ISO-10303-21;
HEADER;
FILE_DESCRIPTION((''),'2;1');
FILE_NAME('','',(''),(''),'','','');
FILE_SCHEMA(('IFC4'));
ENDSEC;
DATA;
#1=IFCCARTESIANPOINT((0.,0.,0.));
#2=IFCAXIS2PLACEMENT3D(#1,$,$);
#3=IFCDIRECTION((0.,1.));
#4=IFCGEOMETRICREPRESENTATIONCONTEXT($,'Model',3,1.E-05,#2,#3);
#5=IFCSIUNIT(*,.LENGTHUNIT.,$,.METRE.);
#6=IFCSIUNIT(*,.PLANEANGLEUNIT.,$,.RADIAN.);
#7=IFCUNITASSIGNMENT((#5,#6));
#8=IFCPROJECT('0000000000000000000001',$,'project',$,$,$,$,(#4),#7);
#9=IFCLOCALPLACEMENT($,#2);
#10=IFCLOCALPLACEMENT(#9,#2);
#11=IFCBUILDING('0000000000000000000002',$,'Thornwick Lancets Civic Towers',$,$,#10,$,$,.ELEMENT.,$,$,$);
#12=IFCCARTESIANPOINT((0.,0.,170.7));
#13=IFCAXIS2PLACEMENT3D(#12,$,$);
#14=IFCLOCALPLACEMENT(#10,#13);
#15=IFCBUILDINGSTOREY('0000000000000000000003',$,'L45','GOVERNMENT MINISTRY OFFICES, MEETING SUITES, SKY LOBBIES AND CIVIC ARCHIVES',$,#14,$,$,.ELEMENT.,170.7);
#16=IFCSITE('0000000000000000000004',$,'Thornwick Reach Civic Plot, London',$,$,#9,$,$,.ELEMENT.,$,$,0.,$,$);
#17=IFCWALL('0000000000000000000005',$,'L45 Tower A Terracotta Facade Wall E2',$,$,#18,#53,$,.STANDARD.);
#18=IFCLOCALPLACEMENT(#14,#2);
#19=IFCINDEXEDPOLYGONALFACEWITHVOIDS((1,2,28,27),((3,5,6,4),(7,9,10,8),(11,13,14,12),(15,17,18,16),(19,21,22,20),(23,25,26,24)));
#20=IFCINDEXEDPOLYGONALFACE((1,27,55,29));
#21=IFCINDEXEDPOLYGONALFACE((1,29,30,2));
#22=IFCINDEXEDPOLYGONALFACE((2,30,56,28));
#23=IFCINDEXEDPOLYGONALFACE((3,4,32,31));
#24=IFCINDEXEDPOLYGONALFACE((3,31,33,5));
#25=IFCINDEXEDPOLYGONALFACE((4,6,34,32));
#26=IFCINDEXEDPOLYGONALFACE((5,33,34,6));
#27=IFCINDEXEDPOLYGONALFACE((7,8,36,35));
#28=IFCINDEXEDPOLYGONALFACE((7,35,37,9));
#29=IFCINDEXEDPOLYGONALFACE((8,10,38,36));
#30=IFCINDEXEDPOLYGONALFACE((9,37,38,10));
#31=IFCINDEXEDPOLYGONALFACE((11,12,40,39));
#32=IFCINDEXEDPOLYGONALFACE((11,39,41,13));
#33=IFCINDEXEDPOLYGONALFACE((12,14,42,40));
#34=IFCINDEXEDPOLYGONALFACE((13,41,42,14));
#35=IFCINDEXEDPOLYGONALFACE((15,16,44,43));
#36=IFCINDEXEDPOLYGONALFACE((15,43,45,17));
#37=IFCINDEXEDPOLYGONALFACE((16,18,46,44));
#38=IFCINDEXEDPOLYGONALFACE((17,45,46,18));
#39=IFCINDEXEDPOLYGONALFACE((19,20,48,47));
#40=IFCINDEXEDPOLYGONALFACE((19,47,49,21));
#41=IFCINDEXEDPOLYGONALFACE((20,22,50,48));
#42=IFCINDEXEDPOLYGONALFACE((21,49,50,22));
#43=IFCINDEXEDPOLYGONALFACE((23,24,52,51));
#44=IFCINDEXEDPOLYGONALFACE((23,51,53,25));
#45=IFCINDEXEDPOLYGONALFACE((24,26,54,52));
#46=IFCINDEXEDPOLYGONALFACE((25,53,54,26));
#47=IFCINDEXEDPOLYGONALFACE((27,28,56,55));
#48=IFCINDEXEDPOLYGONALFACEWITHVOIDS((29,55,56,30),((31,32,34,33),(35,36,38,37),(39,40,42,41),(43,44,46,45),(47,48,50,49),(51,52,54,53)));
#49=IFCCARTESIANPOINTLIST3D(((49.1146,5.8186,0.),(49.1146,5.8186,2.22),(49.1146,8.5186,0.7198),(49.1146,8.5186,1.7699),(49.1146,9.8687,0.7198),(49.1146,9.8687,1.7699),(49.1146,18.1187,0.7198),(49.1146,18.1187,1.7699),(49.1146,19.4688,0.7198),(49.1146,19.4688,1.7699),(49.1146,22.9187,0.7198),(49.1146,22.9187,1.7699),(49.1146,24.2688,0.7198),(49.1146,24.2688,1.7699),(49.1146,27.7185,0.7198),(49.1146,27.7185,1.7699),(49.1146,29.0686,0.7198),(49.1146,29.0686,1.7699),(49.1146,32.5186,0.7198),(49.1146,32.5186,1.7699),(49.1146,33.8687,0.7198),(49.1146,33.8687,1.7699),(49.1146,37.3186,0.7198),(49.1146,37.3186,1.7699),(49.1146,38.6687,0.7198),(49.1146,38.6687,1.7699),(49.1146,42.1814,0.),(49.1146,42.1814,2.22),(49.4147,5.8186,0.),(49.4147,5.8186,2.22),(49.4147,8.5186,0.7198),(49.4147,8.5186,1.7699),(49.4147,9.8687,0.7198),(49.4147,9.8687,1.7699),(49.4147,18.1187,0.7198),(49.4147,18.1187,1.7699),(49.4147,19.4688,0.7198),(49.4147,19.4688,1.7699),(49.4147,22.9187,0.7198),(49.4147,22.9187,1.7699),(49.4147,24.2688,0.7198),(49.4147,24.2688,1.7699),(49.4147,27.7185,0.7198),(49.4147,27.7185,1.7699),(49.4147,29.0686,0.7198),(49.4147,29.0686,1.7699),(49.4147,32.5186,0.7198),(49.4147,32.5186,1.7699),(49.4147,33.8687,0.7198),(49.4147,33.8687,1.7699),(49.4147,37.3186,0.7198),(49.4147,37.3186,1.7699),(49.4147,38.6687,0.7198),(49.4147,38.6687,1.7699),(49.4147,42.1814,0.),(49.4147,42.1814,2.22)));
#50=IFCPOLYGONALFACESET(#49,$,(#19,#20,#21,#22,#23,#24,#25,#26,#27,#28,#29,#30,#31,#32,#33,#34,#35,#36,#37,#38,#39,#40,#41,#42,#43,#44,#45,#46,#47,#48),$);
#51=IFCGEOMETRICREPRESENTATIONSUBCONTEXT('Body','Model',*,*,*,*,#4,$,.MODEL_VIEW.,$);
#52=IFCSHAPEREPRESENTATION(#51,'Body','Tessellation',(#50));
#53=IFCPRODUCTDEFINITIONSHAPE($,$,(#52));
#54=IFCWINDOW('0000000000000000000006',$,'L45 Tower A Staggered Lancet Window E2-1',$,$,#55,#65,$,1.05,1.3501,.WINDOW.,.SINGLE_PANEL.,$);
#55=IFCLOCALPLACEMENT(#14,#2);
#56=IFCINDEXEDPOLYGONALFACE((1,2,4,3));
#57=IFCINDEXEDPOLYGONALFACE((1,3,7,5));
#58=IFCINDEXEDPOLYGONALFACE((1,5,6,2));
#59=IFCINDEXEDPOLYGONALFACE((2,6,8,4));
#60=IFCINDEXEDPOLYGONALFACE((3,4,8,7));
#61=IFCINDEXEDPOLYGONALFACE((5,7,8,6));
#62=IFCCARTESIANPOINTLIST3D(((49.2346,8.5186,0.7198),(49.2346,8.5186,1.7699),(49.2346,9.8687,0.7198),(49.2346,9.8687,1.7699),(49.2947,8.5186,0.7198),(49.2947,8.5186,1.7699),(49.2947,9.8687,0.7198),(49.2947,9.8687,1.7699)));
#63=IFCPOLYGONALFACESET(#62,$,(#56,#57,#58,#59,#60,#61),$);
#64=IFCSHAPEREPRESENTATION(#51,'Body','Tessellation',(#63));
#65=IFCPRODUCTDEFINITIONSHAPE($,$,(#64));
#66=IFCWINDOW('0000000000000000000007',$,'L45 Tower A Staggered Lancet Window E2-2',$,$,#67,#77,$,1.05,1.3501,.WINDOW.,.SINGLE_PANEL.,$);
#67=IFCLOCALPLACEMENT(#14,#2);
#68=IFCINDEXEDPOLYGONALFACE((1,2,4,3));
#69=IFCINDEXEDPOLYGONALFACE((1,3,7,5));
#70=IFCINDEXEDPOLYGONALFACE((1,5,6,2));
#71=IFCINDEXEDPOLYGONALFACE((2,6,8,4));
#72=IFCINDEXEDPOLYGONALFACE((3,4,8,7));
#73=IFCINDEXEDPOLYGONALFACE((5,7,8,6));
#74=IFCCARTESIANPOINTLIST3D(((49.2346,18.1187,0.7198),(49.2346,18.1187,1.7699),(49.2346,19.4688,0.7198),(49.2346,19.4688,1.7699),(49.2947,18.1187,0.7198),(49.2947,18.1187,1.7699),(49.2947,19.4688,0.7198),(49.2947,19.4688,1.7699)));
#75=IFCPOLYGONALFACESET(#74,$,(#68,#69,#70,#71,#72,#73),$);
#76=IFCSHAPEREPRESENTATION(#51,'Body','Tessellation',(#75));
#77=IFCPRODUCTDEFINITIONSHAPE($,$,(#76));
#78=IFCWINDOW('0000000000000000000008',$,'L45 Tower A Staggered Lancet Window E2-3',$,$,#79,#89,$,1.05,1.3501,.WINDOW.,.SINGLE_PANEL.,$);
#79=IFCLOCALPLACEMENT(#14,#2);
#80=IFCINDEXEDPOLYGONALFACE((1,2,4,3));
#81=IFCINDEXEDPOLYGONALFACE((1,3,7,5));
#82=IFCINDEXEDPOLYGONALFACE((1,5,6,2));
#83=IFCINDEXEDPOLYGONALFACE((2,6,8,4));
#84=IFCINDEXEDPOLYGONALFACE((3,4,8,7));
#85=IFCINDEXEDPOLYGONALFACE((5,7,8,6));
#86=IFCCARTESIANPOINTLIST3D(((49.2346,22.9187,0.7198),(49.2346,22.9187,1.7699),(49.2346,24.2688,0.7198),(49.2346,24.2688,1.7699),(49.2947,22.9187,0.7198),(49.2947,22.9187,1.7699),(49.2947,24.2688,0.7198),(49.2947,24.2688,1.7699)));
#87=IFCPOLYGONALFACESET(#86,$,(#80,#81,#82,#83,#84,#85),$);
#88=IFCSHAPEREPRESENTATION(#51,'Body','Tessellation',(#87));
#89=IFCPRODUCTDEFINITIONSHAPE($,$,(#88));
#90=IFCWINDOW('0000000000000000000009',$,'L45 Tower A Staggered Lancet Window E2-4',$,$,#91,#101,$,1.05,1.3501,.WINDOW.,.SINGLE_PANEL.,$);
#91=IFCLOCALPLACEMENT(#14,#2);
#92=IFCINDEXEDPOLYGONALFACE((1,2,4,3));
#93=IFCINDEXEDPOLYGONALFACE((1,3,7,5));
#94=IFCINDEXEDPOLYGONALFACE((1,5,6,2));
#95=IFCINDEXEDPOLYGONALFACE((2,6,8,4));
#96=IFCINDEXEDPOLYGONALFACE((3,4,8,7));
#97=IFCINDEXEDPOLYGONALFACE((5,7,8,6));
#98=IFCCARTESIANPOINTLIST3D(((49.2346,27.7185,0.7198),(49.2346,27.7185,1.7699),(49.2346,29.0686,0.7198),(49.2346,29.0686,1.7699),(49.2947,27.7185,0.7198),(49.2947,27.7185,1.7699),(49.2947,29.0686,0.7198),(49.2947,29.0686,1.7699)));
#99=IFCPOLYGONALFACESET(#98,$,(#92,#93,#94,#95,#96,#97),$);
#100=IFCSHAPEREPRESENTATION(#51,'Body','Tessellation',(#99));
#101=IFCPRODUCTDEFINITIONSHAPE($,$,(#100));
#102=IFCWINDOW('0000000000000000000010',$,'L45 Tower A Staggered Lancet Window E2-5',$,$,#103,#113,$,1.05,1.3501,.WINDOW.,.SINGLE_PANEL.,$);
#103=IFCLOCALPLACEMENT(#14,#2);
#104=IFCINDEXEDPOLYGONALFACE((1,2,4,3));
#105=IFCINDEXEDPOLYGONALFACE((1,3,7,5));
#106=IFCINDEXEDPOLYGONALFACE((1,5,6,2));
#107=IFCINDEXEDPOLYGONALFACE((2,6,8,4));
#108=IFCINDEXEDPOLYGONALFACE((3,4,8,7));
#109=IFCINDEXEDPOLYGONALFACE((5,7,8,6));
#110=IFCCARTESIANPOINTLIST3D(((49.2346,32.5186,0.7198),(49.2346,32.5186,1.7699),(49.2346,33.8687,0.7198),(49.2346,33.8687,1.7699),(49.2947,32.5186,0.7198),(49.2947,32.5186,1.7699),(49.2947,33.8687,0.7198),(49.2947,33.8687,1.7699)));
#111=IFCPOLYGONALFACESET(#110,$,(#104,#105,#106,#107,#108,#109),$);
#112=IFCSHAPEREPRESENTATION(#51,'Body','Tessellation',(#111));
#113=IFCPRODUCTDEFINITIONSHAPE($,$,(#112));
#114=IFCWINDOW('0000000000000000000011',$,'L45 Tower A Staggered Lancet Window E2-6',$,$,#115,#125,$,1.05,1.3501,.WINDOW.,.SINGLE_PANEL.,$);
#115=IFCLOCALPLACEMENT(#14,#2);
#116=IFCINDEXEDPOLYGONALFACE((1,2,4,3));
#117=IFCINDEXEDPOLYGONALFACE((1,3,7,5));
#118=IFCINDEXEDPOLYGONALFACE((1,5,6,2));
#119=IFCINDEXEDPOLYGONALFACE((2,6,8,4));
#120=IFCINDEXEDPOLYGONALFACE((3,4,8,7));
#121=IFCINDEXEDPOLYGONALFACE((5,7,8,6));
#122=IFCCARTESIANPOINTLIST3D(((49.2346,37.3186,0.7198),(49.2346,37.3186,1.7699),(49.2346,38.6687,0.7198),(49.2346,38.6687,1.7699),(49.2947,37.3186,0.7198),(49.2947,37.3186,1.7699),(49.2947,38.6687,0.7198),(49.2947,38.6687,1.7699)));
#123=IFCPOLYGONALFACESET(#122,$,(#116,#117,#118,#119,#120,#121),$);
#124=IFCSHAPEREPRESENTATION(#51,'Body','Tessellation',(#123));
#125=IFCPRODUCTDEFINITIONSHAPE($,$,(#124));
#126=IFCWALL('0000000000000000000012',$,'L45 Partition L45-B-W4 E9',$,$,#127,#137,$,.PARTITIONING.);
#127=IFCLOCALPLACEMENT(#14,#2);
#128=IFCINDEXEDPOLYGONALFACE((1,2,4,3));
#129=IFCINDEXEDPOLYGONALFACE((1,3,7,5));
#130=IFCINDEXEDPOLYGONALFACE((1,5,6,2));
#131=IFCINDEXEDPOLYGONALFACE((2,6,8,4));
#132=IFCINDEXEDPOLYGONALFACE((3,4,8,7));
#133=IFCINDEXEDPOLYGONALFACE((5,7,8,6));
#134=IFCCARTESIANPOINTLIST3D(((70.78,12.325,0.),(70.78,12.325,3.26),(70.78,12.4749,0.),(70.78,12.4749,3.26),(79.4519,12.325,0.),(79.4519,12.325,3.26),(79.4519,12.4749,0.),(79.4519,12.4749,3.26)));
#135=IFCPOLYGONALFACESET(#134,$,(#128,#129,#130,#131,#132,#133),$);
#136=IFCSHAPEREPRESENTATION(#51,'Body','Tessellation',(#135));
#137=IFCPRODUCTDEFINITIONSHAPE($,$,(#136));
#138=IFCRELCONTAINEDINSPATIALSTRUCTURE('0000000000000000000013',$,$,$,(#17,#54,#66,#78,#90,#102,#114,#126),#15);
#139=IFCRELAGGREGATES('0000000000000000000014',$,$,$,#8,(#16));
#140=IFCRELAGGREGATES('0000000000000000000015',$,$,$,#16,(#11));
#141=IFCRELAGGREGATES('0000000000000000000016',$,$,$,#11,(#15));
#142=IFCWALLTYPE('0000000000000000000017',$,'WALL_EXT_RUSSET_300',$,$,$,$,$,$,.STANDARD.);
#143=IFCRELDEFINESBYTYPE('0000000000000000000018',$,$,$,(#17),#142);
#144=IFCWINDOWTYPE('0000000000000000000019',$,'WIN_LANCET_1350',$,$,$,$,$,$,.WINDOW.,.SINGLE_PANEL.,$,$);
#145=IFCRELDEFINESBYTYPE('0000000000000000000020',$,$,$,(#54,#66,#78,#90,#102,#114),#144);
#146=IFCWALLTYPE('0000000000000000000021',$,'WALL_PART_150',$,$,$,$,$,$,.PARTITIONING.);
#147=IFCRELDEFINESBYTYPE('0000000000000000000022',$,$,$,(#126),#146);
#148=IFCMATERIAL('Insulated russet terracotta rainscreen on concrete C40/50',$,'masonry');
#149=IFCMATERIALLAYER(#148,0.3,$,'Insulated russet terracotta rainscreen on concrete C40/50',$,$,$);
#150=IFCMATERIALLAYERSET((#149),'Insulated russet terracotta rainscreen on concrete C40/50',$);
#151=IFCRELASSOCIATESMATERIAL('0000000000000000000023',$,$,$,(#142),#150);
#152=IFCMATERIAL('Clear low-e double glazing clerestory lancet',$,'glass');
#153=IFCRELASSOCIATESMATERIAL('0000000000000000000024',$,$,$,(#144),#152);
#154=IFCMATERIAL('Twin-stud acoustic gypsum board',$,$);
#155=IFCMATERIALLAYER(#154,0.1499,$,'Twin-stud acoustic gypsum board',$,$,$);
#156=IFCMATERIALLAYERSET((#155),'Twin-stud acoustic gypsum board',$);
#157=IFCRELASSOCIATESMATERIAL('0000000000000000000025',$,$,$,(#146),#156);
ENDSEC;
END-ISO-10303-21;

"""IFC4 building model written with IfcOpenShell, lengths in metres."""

from ifc_helpers import new_model, si_unit, direction, frame, frame_2d, origin, place, context, subcontext, project, spatial, rectangle, extrude, material, layer, layer_set, type_object, element, fill, save


model = new_model("IFC4")

# Units and contexts
model_context = context("Model", 3, precision=1e-05, world=origin(), true_north=direction((0.0, 1.0)))
body_context = subcontext(model_context, "Body", "Model", "MODEL_VIEW")
ifc_project = project(units=[si_unit("LENGTHUNIT", "METRE"), si_unit("PLANEANGLEUNIT", "RADIAN")], contexts=[model_context])

# Site, building, storey
site_placement = place(None, origin())
site = spatial("IfcSite", under=ifc_project, at=site_placement, Name="Thornwick Reach Civic Plot, London", CompositionType="ELEMENT", RefElevation=0.0)
building_placement = place(site_placement, origin())
building = spatial("IfcBuilding", under=site, at=building_placement, Name="Thornwick Lancets Civic Towers", CompositionType="ELEMENT")
storey_placement = place(building_placement, frame((0.0, 0.0, 170.7)))
storey = spatial("IfcBuildingStorey", under=building, at=storey_placement, Name="L45", Description="GOVERNMENT MINISTRY OFFICES, MEETING SUITES, SKY LOBBIES AND CIVIC ARCHIVES", CompositionType="ELEMENT", Elevation=170.7)

# Wall, openings, windows
ifc_material_1 = material(Name="Insulated russet terracotta rainscreen on concrete C40/50", Category="masonry")
ifc_layer_1 = layer(ifc_material_1, 0.3, Name="Insulated russet terracotta rainscreen on concrete C40/50")
ifc_layer_set_1 = layer_set([ifc_layer_1], Name="Insulated russet terracotta rainscreen on concrete C40/50")
wall_type_1 = type_object("IfcWallType", Name="WALL_EXT_RUSSET_300", PredefinedType="STANDARD", material=ifc_layer_set_1)
wall_1_placement = place(storey_placement, frame((49.2646, 5.8186, 0.0), z_axis=(0.0, 0.0, 1.0), x_axis=(0.0, 1.0, 0.0)))
wall_1 = element("IfcWall", 1, at=wall_1_placement, inside=storey, type_object=wall_type_1, Name="L45 Tower A Terracotta Facade Wall E2", PredefinedType="STANDARD", context=body_context, shape_type="SweptSolid", body=[
    extrude(rectangle(XDim=36.3628, YDim=0.3, at=frame_2d((18.1814, 0.0))), origin(), (0.0, 0.0, 1.0), 2.22),
])
opening_1_placement = place(wall_1_placement, frame((2.7, 0.0, 0.72)))
opening_1 = element("IfcOpeningElement", 2, at=opening_1_placement, cuts=wall_1, PredefinedType="OPENING", context=body_context, shape_type="SweptSolid", body=[
    extrude(rectangle(XDim=1.3501, YDim=1.05, at=frame_2d((0.675, 0.5249))), frame((0.0, 0.1602, 0.0), z_axis=(0.0, -1.0, 0.0), x_axis=(1.0, 0.0, 0.0)), (0.0, 0.0, 1.0), 0.3201),
])
opening_2_placement = place(wall_1_placement, frame((12.3, 0.0, 0.72)))
opening_2 = element("IfcOpeningElement", 3, at=opening_2_placement, cuts=wall_1, PredefinedType="OPENING", context=body_context, shape_type="SweptSolid", body=[
    extrude(rectangle(XDim=1.3501, YDim=1.05, at=frame_2d((0.675, 0.5249))), frame((0.0, 0.1602, 0.0), z_axis=(0.0, -1.0, 0.0), x_axis=(1.0, 0.0, 0.0)), (0.0, 0.0, 1.0), 0.3201),
])
opening_3_placement = place(wall_1_placement, frame((17.1001, 0.0, 0.72)))
opening_3 = element("IfcOpeningElement", 4, at=opening_3_placement, cuts=wall_1, PredefinedType="OPENING", context=body_context, shape_type="SweptSolid", body=[
    extrude(rectangle(XDim=1.3501, YDim=1.05, at=frame_2d((0.675, 0.5249))), frame((0.0, 0.1602, 0.0), z_axis=(0.0, -1.0, 0.0), x_axis=(1.0, 0.0, 0.0)), (0.0, 0.0, 1.0), 0.3201),
])
opening_4_placement = place(wall_1_placement, frame((21.8999, 0.0, 0.72)))
opening_4 = element("IfcOpeningElement", 5, at=opening_4_placement, cuts=wall_1, PredefinedType="OPENING", context=body_context, shape_type="SweptSolid", body=[
    extrude(rectangle(XDim=1.3501, YDim=1.05, at=frame_2d((0.675, 0.5249))), frame((0.0, 0.1602, 0.0), z_axis=(0.0, -1.0, 0.0), x_axis=(1.0, 0.0, 0.0)), (0.0, 0.0, 1.0), 0.3201),
])
opening_5_placement = place(wall_1_placement, frame((26.7, 0.0, 0.72)))
opening_5 = element("IfcOpeningElement", 6, at=opening_5_placement, cuts=wall_1, PredefinedType="OPENING", context=body_context, shape_type="SweptSolid", body=[
    extrude(rectangle(XDim=1.3501, YDim=1.05, at=frame_2d((0.675, 0.5249))), frame((0.0, 0.1602, 0.0), z_axis=(0.0, -1.0, 0.0), x_axis=(1.0, 0.0, 0.0)), (0.0, 0.0, 1.0), 0.3201),
])
opening_6_placement = place(wall_1_placement, frame((31.5, 0.0, 0.72)))
opening_6 = element("IfcOpeningElement", 7, at=opening_6_placement, cuts=wall_1, PredefinedType="OPENING", context=body_context, shape_type="SweptSolid", body=[
    extrude(rectangle(XDim=1.3501, YDim=1.05, at=frame_2d((0.675, 0.5249))), frame((0.0, 0.1602, 0.0), z_axis=(0.0, -1.0, 0.0), x_axis=(1.0, 0.0, 0.0)), (0.0, 0.0, 1.0), 0.3201),
])
ifc_material_2 = material(Name="Clear low-e double glazing clerestory lancet", Category="glass")
window_type = type_object("IfcWindowType", Name="WIN_LANCET_1350", PartitioningType="SINGLE_PANEL", PredefinedType="WINDOW", material=ifc_material_2)
window_1_placement = place(opening_1_placement, origin())
window_1 = element("IfcWindow", 8, at=window_1_placement, inside=storey, type_object=window_type, Name="L45 Tower A Staggered Lancet Window E2-1", OverallHeight=1.05, OverallWidth=1.3501, PartitioningType="SINGLE_PANEL", PredefinedType="WINDOW", context=body_context, shape_type="SweptSolid", body=[
    extrude(rectangle(XDim=1.3501, YDim=1.05, at=frame_2d((0.675, 0.5249))), frame((0.0, 0.03, 0.0), z_axis=(0.0, -1.0, 0.0), x_axis=(1.0, 0.0, 0.0)), (0.0, 0.0, 1.0), 0.0601),
])
fill(opening_1, window_1)
window_2_placement = place(opening_2_placement, origin())
window_2 = element("IfcWindow", 9, at=window_2_placement, inside=storey, type_object=window_type, Name="L45 Tower A Staggered Lancet Window E2-2", OverallHeight=1.05, OverallWidth=1.3501, PartitioningType="SINGLE_PANEL", PredefinedType="WINDOW", context=body_context, shape_type="SweptSolid", body=[
    extrude(rectangle(XDim=1.3501, YDim=1.05, at=frame_2d((0.675, 0.5249))), frame((0.0, 0.03, 0.0), z_axis=(0.0, -1.0, 0.0), x_axis=(1.0, 0.0, 0.0)), (0.0, 0.0, 1.0), 0.0601),
])
fill(opening_2, window_2)
window_3_placement = place(opening_3_placement, origin())
window_3 = element("IfcWindow", 10, at=window_3_placement, inside=storey, type_object=window_type, Name="L45 Tower A Staggered Lancet Window E2-3", OverallHeight=1.05, OverallWidth=1.3501, PartitioningType="SINGLE_PANEL", PredefinedType="WINDOW", context=body_context, shape_type="SweptSolid", body=[
    extrude(rectangle(XDim=1.3501, YDim=1.05, at=frame_2d((0.675, 0.5249))), frame((0.0, 0.03, 0.0), z_axis=(0.0, -1.0, 0.0), x_axis=(1.0, 0.0, 0.0)), (0.0, 0.0, 1.0), 0.0601),
])
fill(opening_3, window_3)
window_4_placement = place(opening_4_placement, origin())
window_4 = element("IfcWindow", 11, at=window_4_placement, inside=storey, type_object=window_type, Name="L45 Tower A Staggered Lancet Window E2-4", OverallHeight=1.05, OverallWidth=1.3501, PartitioningType="SINGLE_PANEL", PredefinedType="WINDOW", context=body_context, shape_type="SweptSolid", body=[
    extrude(rectangle(XDim=1.3501, YDim=1.05, at=frame_2d((0.675, 0.5249))), frame((0.0, 0.03, 0.0), z_axis=(0.0, -1.0, 0.0), x_axis=(1.0, 0.0, 0.0)), (0.0, 0.0, 1.0), 0.0601),
])
fill(opening_4, window_4)
window_5_placement = place(opening_5_placement, origin())
window_5 = element("IfcWindow", 12, at=window_5_placement, inside=storey, type_object=window_type, Name="L45 Tower A Staggered Lancet Window E2-5", OverallHeight=1.05, OverallWidth=1.3501, PartitioningType="SINGLE_PANEL", PredefinedType="WINDOW", context=body_context, shape_type="SweptSolid", body=[
    extrude(rectangle(XDim=1.3501, YDim=1.05, at=frame_2d((0.675, 0.5249))), frame((0.0, 0.03, 0.0), z_axis=(0.0, -1.0, 0.0), x_axis=(1.0, 0.0, 0.0)), (0.0, 0.0, 1.0), 0.0601),
])
fill(opening_5, window_5)
window_6_placement = place(opening_6_placement, origin())
window_6 = element("IfcWindow", 13, at=window_6_placement, inside=storey, type_object=window_type, Name="L45 Tower A Staggered Lancet Window E2-6", OverallHeight=1.05, OverallWidth=1.3501, PartitioningType="SINGLE_PANEL", PredefinedType="WINDOW", context=body_context, shape_type="SweptSolid", body=[
    extrude(rectangle(XDim=1.3501, YDim=1.05, at=frame_2d((0.675, 0.5249))), frame((0.0, 0.03, 0.0), z_axis=(0.0, -1.0, 0.0), x_axis=(1.0, 0.0, 0.0)), (0.0, 0.0, 1.0), 0.0601),
])
fill(opening_6, window_6)

# Wall
ifc_material_3 = material(Name="Twin-stud acoustic gypsum board")
ifc_layer_2 = layer(ifc_material_3, 0.1499, Name="Twin-stud acoustic gypsum board")
ifc_layer_set_2 = layer_set([ifc_layer_2], Name="Twin-stud acoustic gypsum board")
wall_type_2 = type_object("IfcWallType", Name="WALL_PART_150", PredefinedType="PARTITIONING", material=ifc_layer_set_2)
wall_2_placement = place(storey_placement, frame((70.78, 12.3999, 0.0), z_axis=(0.0, 0.0, 1.0), x_axis=(1.0, 0.0, 0.0)))
element("IfcWall", 14, at=wall_2_placement, inside=storey, type_object=wall_type_2, Name="L45 Partition L45-B-W4 E9", PredefinedType="PARTITIONING", context=body_context, shape_type="SweptSolid", body=[
    extrude(rectangle(XDim=8.6719, YDim=0.1499, at=frame_2d((4.3359, 0.0))), origin(), (0.0, 0.0, 1.0), 3.26),
])

save(model, "model.ifc")
